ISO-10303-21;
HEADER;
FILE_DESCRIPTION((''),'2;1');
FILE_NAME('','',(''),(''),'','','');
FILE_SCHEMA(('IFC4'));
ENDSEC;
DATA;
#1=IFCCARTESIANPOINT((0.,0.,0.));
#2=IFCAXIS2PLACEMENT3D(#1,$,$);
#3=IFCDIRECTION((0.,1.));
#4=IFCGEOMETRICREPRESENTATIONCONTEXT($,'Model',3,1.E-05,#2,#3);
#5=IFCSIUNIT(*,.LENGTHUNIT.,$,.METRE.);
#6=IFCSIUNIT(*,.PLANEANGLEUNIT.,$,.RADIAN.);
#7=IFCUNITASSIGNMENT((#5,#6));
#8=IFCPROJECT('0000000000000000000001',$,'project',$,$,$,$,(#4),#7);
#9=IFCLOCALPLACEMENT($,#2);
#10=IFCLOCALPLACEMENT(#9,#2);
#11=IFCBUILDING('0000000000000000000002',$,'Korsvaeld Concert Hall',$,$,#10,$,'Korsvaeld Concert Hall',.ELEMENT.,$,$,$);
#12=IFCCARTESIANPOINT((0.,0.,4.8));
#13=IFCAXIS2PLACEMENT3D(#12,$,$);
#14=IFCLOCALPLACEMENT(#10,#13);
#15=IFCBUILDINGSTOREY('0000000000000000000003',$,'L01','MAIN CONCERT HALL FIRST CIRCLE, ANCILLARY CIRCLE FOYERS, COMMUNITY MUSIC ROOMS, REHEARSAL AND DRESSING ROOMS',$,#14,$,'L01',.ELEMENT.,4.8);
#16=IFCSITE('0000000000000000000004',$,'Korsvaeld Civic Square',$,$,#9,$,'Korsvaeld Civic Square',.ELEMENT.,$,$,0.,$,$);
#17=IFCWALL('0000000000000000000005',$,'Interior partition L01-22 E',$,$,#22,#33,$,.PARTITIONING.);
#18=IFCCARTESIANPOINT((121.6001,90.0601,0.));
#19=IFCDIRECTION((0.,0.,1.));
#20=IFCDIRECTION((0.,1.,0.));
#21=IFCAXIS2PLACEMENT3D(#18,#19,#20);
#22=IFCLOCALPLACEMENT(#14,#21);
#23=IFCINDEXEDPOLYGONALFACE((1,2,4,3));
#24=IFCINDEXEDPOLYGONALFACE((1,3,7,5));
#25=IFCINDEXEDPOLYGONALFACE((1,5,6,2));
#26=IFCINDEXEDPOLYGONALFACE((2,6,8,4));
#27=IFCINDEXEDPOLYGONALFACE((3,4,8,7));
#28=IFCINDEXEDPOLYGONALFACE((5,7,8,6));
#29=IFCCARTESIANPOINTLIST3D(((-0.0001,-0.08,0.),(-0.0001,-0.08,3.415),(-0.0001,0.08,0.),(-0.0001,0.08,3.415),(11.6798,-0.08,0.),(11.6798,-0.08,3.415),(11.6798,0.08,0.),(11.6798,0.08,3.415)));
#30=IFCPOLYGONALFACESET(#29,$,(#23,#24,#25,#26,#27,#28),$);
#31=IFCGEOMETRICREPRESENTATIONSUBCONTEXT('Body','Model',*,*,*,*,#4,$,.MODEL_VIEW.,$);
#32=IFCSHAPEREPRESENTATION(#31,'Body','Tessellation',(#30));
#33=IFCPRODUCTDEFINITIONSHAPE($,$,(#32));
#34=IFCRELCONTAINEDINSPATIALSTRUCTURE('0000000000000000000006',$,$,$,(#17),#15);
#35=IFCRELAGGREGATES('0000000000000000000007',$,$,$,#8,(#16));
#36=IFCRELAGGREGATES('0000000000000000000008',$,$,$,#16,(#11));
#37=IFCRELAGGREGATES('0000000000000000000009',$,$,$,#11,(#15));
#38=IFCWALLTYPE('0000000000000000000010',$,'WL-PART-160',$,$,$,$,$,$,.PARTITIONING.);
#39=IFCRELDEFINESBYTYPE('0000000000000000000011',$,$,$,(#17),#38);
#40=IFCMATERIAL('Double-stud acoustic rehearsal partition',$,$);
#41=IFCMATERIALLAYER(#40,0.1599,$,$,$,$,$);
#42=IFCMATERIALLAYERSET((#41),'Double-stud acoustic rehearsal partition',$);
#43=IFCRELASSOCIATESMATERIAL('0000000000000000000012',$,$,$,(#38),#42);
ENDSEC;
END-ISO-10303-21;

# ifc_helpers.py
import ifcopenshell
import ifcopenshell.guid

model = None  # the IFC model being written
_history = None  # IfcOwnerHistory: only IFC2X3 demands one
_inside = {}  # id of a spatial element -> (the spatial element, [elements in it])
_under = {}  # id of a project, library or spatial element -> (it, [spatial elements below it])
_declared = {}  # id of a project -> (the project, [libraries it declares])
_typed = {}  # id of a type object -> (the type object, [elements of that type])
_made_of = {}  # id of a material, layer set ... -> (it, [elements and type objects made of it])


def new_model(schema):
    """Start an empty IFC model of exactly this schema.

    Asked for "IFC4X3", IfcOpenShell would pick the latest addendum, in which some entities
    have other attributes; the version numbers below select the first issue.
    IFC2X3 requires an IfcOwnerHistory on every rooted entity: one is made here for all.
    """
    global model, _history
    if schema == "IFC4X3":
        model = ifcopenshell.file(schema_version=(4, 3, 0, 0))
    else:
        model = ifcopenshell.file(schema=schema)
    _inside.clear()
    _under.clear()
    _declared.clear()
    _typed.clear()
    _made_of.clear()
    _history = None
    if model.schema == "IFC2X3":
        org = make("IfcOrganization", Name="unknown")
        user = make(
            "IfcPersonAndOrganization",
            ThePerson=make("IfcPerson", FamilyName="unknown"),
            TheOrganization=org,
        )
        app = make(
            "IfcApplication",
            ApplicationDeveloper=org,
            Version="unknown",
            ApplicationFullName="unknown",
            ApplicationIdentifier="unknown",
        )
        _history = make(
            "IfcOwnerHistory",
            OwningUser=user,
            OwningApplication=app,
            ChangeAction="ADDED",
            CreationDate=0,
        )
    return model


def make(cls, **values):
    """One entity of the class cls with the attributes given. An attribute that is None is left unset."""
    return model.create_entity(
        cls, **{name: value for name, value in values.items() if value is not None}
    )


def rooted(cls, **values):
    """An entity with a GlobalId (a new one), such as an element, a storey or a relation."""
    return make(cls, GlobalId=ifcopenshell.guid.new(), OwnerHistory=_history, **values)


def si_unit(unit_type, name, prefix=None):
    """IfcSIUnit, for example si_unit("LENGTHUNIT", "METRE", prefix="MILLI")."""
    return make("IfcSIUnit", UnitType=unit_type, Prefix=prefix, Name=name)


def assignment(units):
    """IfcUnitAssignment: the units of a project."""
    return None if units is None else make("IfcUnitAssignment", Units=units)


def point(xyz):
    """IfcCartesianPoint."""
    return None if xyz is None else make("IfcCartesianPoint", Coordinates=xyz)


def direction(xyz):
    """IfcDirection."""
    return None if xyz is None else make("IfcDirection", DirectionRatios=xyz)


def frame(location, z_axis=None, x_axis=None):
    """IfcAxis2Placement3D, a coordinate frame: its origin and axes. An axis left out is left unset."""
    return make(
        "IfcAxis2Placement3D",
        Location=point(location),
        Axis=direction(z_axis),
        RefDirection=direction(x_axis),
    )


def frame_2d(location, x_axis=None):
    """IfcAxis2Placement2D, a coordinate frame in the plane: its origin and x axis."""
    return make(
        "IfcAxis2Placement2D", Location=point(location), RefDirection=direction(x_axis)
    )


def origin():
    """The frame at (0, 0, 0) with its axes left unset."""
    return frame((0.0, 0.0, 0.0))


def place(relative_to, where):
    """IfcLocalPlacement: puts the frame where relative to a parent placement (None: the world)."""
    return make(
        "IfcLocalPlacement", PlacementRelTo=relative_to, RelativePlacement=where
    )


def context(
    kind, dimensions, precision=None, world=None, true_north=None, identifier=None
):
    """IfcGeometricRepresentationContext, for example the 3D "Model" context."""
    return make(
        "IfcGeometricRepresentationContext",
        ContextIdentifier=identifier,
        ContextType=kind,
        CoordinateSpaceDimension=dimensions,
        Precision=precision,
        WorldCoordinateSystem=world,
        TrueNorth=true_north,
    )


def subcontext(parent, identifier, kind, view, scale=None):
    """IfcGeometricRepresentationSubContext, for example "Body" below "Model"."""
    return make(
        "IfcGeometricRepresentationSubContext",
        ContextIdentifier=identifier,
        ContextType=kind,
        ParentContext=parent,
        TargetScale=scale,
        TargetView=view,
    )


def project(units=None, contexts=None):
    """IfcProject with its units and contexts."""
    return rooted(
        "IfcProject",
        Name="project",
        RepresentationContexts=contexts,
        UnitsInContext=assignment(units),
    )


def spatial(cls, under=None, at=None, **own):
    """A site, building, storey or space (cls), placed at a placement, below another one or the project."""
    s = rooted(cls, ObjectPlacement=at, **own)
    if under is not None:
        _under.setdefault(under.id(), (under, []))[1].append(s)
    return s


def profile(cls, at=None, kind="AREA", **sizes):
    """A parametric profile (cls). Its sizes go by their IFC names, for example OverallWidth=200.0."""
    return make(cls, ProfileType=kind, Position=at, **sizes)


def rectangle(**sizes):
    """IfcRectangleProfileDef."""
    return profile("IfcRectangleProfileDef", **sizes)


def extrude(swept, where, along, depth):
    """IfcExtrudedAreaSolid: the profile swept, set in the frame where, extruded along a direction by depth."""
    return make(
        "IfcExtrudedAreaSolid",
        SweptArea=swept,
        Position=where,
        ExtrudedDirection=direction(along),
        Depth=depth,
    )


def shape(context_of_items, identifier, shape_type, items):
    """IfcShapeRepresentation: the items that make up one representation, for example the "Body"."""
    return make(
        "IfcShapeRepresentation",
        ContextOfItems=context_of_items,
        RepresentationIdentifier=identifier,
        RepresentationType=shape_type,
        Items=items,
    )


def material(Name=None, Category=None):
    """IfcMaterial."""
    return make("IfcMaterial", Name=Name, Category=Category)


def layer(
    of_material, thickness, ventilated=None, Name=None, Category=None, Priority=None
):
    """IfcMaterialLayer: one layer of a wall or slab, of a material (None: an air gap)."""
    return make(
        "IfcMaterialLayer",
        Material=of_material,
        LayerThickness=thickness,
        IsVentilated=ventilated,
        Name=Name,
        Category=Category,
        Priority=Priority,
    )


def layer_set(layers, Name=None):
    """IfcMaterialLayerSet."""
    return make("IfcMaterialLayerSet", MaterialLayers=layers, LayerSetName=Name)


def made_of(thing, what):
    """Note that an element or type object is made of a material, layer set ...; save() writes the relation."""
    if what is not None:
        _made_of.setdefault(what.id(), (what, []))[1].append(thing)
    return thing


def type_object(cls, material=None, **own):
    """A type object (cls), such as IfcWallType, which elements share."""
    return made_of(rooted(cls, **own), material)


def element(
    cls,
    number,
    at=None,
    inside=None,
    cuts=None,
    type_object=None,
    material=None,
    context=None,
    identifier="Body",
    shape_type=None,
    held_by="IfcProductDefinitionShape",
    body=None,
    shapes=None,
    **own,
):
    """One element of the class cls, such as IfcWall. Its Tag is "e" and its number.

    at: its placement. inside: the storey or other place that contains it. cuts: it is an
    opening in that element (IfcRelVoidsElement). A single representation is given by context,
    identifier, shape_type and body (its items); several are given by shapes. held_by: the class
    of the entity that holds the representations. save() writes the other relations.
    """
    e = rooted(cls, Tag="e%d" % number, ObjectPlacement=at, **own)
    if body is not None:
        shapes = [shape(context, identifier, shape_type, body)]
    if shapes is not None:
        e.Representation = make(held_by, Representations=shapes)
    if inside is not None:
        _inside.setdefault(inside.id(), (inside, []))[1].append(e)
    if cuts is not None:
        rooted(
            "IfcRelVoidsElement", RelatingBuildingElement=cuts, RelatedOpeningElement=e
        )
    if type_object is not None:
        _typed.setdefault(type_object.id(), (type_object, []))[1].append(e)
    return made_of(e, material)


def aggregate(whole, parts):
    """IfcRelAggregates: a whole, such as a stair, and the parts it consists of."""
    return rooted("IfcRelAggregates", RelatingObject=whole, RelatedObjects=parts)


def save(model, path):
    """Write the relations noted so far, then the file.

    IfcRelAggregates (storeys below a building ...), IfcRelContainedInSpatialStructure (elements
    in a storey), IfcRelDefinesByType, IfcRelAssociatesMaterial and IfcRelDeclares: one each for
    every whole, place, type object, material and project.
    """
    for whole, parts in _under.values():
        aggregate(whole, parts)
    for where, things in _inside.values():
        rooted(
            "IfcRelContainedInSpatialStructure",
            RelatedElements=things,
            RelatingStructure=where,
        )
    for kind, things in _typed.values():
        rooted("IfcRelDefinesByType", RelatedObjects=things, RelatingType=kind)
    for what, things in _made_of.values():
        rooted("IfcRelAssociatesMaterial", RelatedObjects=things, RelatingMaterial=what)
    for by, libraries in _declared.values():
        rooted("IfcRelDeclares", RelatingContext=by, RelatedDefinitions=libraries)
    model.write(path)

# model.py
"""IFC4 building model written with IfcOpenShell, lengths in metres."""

from ifc_helpers import new_model, si_unit, direction, frame, frame_2d, origin, place, context, subcontext, project, spatial, rectangle, extrude, material, layer, layer_set, type_object, element, save


model = new_model("IFC4")

# Units and contexts
model_context = context("Model", 3, precision=1e-05, world=origin(), true_north=direction((0.0, 1.0)))
body_context = subcontext(model_context, "Body", "Model", "MODEL_VIEW")
ifc_project = project(units=[si_unit("LENGTHUNIT", "METRE"), si_unit("PLANEANGLEUNIT", "RADIAN")], contexts=[model_context])

# Site, building, storey
site_placement = place(None, origin())
site = spatial("IfcSite", under=ifc_project, at=site_placement, Name="Korsvaeld Civic Square", LongName="Korsvaeld Civic Square", CompositionType="ELEMENT", RefElevation=0.0)
building_placement = place(site_placement, origin())
building = spatial("IfcBuilding", under=site, at=building_placement, Name="Korsvaeld Concert Hall", LongName="Korsvaeld Concert Hall", CompositionType="ELEMENT")
storey_placement = place(building_placement, frame((0.0, 0.0, 4.8)))
storey = spatial("IfcBuildingStorey", under=building, at=storey_placement, Name="L01", Description="MAIN CONCERT HALL FIRST CIRCLE, ANCILLARY CIRCLE FOYERS, COMMUNITY MUSIC ROOMS, REHEARSAL AND DRESSING ROOMS", LongName="L01", CompositionType="ELEMENT", Elevation=4.8)

# Shared definitions
ifc_material_1 = material(Name="Double-stud acoustic rehearsal partition")
ifc_layer = layer(ifc_material_1, 0.1599)
ifc_layer_set = layer_set([ifc_layer], Name="Double-stud acoustic rehearsal partition")
wall_type = type_object("IfcWallType", Name="WL-PART-160", PredefinedType="PARTITIONING", material=ifc_layer_set)

# Wall
wall_1_placement = place(storey_placement, frame((121.6001, 90.0601, 0.0), z_axis=(0.0, 0.0, 1.0), x_axis=(0.0, 1.0, 0.0)))
element("IfcWall", 1, at=wall_1_placement, inside=storey, type_object=wall_type, Name="Interior partition L01-22 E", PredefinedType="PARTITIONING", context=body_context, shape_type="SweptSolid", body=[
    extrude(rectangle(XDim=11.6799, YDim=0.1599, at=frame_2d((5.8398, 0.0))), origin(), (0.0, 0.0, 1.0), 3.415),
])

save(model, "model.ifc")
